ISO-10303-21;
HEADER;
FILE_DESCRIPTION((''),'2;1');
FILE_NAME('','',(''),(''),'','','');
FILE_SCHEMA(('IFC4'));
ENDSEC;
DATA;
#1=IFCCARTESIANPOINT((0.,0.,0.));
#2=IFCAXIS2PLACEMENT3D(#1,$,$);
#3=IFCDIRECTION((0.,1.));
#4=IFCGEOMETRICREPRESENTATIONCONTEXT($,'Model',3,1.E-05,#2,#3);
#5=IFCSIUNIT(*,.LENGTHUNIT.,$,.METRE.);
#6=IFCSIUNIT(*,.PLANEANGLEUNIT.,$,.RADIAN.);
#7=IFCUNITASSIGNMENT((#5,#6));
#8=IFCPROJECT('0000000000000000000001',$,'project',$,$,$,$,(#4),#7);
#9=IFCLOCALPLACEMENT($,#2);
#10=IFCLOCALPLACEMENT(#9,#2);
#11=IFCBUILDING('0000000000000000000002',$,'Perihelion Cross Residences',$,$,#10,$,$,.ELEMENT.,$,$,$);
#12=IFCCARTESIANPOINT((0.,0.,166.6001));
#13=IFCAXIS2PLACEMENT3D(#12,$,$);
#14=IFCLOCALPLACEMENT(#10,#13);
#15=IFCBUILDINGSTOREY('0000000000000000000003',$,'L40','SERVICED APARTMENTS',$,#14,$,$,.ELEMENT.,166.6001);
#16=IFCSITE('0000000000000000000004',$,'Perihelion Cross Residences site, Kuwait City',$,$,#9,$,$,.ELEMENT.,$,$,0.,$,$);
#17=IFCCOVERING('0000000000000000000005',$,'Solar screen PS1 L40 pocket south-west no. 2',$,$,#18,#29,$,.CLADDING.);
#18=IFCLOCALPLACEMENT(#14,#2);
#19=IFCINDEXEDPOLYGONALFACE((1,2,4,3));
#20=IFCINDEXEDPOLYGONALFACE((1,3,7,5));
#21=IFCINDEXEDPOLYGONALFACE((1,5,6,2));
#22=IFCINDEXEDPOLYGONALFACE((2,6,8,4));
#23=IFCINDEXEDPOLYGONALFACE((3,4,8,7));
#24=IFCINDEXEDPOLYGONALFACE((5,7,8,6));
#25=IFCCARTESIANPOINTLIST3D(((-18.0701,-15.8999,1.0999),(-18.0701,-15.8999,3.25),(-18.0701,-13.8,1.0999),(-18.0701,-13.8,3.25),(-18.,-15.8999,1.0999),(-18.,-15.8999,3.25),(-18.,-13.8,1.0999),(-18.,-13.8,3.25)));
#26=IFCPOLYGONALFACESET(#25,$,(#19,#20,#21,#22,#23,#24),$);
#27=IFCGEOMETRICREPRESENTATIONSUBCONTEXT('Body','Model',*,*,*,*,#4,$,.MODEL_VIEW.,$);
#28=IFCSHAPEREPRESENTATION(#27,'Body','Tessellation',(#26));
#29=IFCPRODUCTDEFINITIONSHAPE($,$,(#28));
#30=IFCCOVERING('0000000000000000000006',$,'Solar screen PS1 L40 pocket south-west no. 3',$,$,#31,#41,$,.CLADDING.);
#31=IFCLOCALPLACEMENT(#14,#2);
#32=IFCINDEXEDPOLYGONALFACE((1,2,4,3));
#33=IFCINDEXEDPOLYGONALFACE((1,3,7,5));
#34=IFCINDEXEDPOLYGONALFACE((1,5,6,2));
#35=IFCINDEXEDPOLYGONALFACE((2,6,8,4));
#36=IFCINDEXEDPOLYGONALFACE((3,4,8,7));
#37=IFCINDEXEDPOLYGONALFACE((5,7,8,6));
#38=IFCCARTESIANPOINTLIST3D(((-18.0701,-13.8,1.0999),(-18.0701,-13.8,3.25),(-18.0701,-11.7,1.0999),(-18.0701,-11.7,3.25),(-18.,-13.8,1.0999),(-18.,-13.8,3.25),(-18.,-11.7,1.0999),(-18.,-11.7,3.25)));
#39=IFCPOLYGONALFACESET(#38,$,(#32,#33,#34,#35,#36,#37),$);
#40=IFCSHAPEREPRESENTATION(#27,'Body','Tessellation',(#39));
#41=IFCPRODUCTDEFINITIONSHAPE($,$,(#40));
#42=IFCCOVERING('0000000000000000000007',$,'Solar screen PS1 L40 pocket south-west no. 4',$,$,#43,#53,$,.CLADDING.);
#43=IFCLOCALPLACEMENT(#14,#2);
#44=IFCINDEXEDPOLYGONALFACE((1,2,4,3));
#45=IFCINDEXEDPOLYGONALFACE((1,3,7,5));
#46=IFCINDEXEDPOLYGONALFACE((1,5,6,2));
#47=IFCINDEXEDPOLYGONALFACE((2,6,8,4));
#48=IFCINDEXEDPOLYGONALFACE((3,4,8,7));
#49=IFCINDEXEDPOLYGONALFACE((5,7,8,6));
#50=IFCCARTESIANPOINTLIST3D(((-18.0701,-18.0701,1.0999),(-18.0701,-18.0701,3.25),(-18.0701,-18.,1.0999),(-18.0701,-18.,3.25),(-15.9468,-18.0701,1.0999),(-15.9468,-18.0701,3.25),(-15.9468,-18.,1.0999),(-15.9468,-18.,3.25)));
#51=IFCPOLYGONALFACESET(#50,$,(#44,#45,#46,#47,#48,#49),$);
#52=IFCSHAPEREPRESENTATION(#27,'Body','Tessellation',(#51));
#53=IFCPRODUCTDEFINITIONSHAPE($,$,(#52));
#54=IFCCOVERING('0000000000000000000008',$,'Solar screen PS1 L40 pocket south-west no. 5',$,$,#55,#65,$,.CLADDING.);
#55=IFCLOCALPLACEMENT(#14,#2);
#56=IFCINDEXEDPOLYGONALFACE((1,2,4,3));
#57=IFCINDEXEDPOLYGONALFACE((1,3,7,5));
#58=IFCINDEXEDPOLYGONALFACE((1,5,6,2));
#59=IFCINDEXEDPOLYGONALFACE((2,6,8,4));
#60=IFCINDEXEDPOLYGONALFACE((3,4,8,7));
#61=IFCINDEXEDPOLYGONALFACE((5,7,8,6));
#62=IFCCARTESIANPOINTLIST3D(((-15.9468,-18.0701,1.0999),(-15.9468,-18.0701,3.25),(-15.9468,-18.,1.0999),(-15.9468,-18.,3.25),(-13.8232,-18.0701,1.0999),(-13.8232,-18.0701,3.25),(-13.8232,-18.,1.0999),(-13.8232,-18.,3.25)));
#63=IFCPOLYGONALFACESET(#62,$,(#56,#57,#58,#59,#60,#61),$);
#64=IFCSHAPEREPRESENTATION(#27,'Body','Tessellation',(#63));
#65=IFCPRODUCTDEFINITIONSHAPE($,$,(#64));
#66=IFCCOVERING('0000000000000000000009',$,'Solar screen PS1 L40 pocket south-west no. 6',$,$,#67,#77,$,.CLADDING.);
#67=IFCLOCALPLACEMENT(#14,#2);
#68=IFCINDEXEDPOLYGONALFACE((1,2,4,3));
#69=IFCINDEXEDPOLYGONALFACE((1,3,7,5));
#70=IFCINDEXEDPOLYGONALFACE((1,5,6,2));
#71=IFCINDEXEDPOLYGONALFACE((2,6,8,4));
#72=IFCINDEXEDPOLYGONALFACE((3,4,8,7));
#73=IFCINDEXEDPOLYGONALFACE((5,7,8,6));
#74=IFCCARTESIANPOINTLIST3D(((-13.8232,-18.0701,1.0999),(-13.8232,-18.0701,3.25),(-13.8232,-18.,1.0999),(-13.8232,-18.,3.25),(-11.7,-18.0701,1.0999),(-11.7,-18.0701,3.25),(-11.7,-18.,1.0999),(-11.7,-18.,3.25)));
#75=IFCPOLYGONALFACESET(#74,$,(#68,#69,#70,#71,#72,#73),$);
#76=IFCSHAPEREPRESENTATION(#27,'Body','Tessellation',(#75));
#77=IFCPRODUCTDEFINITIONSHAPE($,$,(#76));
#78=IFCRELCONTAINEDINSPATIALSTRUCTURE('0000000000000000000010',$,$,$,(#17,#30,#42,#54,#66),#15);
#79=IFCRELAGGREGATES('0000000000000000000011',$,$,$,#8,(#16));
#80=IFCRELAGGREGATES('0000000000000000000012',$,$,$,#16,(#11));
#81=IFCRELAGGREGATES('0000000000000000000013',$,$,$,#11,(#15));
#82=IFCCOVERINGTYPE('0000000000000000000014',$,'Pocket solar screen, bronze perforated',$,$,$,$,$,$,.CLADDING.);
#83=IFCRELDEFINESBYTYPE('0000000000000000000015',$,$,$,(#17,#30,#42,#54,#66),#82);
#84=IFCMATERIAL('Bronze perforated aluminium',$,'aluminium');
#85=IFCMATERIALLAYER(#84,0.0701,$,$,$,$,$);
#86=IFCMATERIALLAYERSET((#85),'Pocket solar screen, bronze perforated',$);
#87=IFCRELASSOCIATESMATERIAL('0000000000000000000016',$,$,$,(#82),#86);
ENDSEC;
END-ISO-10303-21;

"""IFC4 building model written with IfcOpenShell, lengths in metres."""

from ifc_helpers import new_model, si_unit, direction, frame, origin, place, context, subcontext, project, spatial, polyline, outline, extrude, material, layer, layer_set, type_object, element, save


model = new_model("IFC4")

# Units and contexts
model_context = context("Model", 3, precision=1e-05, world=origin(), true_north=direction((0.0, 1.0)))
body_context = subcontext(model_context, "Body", "Model", "MODEL_VIEW")
ifc_project = project(units=[si_unit("LENGTHUNIT", "METRE"), si_unit("PLANEANGLEUNIT", "RADIAN")], contexts=[model_context])

# Site, building, storey
site_placement = place(None, origin())
site = spatial("IfcSite", under=ifc_project, at=site_placement, Name="Perihelion Cross Residences site, Kuwait City", CompositionType="ELEMENT", RefElevation=0.0)
building_placement = place(site_placement, origin())
building = spatial("IfcBuilding", under=site, at=building_placement, Name="Perihelion Cross Residences", CompositionType="ELEMENT")
storey_placement = place(building_placement, frame((0.0, 0.0, 166.6001)))
storey = spatial("IfcBuildingStorey", under=building, at=storey_placement, Name="L40", Description="SERVICED APARTMENTS", CompositionType="ELEMENT", Elevation=166.6001)

# Coverings
ifc_material_1 = material(Name="Bronze perforated aluminium", Category="aluminium")
ifc_layer_1 = layer(ifc_material_1, 0.0701)
ifc_layer_set_1 = layer_set([ifc_layer_1], Name="Pocket solar screen, bronze perforated")
covering_type_1 = type_object("IfcCoveringType", Name="Pocket solar screen, bronze perforated", PredefinedType="CLADDING", material=ifc_layer_set_1)
covering_1_placement = place(storey_placement, frame((0.0, 0.0, 1.0999)))
element("IfcCovering", 1, at=covering_1_placement, inside=storey, type_object=covering_type_1, Name="Solar screen PS1 L40 pocket south-west no. 2", PredefinedType="CLADDING", context=body_context, shape_type="SweptSolid", body=[
    extrude(outline(polyline([(-18.0, -15.8999), (-18.0, -13.8), (-18.0701, -13.8), (-18.0701, -15.8999), (-18.0, -15.8999)])), origin(), (0.0, 0.0, 1.0), 2.1501),
])
covering_2_placement = place(storey_placement, frame((0.0, 0.0, 1.0999)))
element("IfcCovering", 2, at=covering_2_placement, inside=storey, type_object=covering_type_1, Name="Solar screen PS1 L40 pocket south-west no. 3", PredefinedType="CLADDING", context=body_context, shape_type="SweptSolid", body=[
    extrude(outline(polyline([(-18.0, -13.8), (-18.0, -11.7), (-18.0701, -11.7), (-18.0701, -13.8), (-18.0, -13.8)])), origin(), (0.0, 0.0, 1.0), 2.1501),
])
covering_3_placement = place(storey_placement, frame((0.0, 0.0, 1.0999)))
element("IfcCovering", 3, at=covering_3_placement, inside=storey, type_object=covering_type_1, Name="Solar screen PS1 L40 pocket south-west no. 4", PredefinedType="CLADDING", context=body_context, shape_type="SweptSolid", body=[
    extrude(outline(polyline([(-15.9468, -18.0701), (-15.9468, -18.0), (-18.0701, -18.0), (-18.0701, -18.0701), (-15.9468, -18.0701)])), origin(), (0.0, 0.0, 1.0), 2.1501),
])
covering_4_placement = place(storey_placement, frame((0.0, 0.0, 1.0999)))
element("IfcCovering", 4, at=covering_4_placement, inside=storey, type_object=covering_type_1, Name="Solar screen PS1 L40 pocket south-west no. 5", PredefinedType="CLADDING", context=body_context, shape_type="SweptSolid", body=[
    extrude(outline(polyline([(-13.8232, -18.0701), (-13.8232, -18.0), (-15.9468, -18.0), (-15.9468, -18.0701), (-13.8232, -18.0701)])), origin(), (0.0, 0.0, 1.0), 2.1501),
])
covering_5_placement = place(storey_placement, frame((0.0, 0.0, 1.0999)))
element("IfcCovering", 5, at=covering_5_placement, inside=storey, type_object=covering_type_1, Name="Solar screen PS1 L40 pocket south-west no. 6", PredefinedType="CLADDING", context=body_context, shape_type="SweptSolid", body=[
    extrude(outline(polyline([(-11.7, -18.0701), (-11.7, -18.0), (-13.8232, -18.0), (-13.8232, -18.0701), (-11.7, -18.0701)])), origin(), (0.0, 0.0, 1.0), 2.1501),
])

save(model, "model.ifc")
